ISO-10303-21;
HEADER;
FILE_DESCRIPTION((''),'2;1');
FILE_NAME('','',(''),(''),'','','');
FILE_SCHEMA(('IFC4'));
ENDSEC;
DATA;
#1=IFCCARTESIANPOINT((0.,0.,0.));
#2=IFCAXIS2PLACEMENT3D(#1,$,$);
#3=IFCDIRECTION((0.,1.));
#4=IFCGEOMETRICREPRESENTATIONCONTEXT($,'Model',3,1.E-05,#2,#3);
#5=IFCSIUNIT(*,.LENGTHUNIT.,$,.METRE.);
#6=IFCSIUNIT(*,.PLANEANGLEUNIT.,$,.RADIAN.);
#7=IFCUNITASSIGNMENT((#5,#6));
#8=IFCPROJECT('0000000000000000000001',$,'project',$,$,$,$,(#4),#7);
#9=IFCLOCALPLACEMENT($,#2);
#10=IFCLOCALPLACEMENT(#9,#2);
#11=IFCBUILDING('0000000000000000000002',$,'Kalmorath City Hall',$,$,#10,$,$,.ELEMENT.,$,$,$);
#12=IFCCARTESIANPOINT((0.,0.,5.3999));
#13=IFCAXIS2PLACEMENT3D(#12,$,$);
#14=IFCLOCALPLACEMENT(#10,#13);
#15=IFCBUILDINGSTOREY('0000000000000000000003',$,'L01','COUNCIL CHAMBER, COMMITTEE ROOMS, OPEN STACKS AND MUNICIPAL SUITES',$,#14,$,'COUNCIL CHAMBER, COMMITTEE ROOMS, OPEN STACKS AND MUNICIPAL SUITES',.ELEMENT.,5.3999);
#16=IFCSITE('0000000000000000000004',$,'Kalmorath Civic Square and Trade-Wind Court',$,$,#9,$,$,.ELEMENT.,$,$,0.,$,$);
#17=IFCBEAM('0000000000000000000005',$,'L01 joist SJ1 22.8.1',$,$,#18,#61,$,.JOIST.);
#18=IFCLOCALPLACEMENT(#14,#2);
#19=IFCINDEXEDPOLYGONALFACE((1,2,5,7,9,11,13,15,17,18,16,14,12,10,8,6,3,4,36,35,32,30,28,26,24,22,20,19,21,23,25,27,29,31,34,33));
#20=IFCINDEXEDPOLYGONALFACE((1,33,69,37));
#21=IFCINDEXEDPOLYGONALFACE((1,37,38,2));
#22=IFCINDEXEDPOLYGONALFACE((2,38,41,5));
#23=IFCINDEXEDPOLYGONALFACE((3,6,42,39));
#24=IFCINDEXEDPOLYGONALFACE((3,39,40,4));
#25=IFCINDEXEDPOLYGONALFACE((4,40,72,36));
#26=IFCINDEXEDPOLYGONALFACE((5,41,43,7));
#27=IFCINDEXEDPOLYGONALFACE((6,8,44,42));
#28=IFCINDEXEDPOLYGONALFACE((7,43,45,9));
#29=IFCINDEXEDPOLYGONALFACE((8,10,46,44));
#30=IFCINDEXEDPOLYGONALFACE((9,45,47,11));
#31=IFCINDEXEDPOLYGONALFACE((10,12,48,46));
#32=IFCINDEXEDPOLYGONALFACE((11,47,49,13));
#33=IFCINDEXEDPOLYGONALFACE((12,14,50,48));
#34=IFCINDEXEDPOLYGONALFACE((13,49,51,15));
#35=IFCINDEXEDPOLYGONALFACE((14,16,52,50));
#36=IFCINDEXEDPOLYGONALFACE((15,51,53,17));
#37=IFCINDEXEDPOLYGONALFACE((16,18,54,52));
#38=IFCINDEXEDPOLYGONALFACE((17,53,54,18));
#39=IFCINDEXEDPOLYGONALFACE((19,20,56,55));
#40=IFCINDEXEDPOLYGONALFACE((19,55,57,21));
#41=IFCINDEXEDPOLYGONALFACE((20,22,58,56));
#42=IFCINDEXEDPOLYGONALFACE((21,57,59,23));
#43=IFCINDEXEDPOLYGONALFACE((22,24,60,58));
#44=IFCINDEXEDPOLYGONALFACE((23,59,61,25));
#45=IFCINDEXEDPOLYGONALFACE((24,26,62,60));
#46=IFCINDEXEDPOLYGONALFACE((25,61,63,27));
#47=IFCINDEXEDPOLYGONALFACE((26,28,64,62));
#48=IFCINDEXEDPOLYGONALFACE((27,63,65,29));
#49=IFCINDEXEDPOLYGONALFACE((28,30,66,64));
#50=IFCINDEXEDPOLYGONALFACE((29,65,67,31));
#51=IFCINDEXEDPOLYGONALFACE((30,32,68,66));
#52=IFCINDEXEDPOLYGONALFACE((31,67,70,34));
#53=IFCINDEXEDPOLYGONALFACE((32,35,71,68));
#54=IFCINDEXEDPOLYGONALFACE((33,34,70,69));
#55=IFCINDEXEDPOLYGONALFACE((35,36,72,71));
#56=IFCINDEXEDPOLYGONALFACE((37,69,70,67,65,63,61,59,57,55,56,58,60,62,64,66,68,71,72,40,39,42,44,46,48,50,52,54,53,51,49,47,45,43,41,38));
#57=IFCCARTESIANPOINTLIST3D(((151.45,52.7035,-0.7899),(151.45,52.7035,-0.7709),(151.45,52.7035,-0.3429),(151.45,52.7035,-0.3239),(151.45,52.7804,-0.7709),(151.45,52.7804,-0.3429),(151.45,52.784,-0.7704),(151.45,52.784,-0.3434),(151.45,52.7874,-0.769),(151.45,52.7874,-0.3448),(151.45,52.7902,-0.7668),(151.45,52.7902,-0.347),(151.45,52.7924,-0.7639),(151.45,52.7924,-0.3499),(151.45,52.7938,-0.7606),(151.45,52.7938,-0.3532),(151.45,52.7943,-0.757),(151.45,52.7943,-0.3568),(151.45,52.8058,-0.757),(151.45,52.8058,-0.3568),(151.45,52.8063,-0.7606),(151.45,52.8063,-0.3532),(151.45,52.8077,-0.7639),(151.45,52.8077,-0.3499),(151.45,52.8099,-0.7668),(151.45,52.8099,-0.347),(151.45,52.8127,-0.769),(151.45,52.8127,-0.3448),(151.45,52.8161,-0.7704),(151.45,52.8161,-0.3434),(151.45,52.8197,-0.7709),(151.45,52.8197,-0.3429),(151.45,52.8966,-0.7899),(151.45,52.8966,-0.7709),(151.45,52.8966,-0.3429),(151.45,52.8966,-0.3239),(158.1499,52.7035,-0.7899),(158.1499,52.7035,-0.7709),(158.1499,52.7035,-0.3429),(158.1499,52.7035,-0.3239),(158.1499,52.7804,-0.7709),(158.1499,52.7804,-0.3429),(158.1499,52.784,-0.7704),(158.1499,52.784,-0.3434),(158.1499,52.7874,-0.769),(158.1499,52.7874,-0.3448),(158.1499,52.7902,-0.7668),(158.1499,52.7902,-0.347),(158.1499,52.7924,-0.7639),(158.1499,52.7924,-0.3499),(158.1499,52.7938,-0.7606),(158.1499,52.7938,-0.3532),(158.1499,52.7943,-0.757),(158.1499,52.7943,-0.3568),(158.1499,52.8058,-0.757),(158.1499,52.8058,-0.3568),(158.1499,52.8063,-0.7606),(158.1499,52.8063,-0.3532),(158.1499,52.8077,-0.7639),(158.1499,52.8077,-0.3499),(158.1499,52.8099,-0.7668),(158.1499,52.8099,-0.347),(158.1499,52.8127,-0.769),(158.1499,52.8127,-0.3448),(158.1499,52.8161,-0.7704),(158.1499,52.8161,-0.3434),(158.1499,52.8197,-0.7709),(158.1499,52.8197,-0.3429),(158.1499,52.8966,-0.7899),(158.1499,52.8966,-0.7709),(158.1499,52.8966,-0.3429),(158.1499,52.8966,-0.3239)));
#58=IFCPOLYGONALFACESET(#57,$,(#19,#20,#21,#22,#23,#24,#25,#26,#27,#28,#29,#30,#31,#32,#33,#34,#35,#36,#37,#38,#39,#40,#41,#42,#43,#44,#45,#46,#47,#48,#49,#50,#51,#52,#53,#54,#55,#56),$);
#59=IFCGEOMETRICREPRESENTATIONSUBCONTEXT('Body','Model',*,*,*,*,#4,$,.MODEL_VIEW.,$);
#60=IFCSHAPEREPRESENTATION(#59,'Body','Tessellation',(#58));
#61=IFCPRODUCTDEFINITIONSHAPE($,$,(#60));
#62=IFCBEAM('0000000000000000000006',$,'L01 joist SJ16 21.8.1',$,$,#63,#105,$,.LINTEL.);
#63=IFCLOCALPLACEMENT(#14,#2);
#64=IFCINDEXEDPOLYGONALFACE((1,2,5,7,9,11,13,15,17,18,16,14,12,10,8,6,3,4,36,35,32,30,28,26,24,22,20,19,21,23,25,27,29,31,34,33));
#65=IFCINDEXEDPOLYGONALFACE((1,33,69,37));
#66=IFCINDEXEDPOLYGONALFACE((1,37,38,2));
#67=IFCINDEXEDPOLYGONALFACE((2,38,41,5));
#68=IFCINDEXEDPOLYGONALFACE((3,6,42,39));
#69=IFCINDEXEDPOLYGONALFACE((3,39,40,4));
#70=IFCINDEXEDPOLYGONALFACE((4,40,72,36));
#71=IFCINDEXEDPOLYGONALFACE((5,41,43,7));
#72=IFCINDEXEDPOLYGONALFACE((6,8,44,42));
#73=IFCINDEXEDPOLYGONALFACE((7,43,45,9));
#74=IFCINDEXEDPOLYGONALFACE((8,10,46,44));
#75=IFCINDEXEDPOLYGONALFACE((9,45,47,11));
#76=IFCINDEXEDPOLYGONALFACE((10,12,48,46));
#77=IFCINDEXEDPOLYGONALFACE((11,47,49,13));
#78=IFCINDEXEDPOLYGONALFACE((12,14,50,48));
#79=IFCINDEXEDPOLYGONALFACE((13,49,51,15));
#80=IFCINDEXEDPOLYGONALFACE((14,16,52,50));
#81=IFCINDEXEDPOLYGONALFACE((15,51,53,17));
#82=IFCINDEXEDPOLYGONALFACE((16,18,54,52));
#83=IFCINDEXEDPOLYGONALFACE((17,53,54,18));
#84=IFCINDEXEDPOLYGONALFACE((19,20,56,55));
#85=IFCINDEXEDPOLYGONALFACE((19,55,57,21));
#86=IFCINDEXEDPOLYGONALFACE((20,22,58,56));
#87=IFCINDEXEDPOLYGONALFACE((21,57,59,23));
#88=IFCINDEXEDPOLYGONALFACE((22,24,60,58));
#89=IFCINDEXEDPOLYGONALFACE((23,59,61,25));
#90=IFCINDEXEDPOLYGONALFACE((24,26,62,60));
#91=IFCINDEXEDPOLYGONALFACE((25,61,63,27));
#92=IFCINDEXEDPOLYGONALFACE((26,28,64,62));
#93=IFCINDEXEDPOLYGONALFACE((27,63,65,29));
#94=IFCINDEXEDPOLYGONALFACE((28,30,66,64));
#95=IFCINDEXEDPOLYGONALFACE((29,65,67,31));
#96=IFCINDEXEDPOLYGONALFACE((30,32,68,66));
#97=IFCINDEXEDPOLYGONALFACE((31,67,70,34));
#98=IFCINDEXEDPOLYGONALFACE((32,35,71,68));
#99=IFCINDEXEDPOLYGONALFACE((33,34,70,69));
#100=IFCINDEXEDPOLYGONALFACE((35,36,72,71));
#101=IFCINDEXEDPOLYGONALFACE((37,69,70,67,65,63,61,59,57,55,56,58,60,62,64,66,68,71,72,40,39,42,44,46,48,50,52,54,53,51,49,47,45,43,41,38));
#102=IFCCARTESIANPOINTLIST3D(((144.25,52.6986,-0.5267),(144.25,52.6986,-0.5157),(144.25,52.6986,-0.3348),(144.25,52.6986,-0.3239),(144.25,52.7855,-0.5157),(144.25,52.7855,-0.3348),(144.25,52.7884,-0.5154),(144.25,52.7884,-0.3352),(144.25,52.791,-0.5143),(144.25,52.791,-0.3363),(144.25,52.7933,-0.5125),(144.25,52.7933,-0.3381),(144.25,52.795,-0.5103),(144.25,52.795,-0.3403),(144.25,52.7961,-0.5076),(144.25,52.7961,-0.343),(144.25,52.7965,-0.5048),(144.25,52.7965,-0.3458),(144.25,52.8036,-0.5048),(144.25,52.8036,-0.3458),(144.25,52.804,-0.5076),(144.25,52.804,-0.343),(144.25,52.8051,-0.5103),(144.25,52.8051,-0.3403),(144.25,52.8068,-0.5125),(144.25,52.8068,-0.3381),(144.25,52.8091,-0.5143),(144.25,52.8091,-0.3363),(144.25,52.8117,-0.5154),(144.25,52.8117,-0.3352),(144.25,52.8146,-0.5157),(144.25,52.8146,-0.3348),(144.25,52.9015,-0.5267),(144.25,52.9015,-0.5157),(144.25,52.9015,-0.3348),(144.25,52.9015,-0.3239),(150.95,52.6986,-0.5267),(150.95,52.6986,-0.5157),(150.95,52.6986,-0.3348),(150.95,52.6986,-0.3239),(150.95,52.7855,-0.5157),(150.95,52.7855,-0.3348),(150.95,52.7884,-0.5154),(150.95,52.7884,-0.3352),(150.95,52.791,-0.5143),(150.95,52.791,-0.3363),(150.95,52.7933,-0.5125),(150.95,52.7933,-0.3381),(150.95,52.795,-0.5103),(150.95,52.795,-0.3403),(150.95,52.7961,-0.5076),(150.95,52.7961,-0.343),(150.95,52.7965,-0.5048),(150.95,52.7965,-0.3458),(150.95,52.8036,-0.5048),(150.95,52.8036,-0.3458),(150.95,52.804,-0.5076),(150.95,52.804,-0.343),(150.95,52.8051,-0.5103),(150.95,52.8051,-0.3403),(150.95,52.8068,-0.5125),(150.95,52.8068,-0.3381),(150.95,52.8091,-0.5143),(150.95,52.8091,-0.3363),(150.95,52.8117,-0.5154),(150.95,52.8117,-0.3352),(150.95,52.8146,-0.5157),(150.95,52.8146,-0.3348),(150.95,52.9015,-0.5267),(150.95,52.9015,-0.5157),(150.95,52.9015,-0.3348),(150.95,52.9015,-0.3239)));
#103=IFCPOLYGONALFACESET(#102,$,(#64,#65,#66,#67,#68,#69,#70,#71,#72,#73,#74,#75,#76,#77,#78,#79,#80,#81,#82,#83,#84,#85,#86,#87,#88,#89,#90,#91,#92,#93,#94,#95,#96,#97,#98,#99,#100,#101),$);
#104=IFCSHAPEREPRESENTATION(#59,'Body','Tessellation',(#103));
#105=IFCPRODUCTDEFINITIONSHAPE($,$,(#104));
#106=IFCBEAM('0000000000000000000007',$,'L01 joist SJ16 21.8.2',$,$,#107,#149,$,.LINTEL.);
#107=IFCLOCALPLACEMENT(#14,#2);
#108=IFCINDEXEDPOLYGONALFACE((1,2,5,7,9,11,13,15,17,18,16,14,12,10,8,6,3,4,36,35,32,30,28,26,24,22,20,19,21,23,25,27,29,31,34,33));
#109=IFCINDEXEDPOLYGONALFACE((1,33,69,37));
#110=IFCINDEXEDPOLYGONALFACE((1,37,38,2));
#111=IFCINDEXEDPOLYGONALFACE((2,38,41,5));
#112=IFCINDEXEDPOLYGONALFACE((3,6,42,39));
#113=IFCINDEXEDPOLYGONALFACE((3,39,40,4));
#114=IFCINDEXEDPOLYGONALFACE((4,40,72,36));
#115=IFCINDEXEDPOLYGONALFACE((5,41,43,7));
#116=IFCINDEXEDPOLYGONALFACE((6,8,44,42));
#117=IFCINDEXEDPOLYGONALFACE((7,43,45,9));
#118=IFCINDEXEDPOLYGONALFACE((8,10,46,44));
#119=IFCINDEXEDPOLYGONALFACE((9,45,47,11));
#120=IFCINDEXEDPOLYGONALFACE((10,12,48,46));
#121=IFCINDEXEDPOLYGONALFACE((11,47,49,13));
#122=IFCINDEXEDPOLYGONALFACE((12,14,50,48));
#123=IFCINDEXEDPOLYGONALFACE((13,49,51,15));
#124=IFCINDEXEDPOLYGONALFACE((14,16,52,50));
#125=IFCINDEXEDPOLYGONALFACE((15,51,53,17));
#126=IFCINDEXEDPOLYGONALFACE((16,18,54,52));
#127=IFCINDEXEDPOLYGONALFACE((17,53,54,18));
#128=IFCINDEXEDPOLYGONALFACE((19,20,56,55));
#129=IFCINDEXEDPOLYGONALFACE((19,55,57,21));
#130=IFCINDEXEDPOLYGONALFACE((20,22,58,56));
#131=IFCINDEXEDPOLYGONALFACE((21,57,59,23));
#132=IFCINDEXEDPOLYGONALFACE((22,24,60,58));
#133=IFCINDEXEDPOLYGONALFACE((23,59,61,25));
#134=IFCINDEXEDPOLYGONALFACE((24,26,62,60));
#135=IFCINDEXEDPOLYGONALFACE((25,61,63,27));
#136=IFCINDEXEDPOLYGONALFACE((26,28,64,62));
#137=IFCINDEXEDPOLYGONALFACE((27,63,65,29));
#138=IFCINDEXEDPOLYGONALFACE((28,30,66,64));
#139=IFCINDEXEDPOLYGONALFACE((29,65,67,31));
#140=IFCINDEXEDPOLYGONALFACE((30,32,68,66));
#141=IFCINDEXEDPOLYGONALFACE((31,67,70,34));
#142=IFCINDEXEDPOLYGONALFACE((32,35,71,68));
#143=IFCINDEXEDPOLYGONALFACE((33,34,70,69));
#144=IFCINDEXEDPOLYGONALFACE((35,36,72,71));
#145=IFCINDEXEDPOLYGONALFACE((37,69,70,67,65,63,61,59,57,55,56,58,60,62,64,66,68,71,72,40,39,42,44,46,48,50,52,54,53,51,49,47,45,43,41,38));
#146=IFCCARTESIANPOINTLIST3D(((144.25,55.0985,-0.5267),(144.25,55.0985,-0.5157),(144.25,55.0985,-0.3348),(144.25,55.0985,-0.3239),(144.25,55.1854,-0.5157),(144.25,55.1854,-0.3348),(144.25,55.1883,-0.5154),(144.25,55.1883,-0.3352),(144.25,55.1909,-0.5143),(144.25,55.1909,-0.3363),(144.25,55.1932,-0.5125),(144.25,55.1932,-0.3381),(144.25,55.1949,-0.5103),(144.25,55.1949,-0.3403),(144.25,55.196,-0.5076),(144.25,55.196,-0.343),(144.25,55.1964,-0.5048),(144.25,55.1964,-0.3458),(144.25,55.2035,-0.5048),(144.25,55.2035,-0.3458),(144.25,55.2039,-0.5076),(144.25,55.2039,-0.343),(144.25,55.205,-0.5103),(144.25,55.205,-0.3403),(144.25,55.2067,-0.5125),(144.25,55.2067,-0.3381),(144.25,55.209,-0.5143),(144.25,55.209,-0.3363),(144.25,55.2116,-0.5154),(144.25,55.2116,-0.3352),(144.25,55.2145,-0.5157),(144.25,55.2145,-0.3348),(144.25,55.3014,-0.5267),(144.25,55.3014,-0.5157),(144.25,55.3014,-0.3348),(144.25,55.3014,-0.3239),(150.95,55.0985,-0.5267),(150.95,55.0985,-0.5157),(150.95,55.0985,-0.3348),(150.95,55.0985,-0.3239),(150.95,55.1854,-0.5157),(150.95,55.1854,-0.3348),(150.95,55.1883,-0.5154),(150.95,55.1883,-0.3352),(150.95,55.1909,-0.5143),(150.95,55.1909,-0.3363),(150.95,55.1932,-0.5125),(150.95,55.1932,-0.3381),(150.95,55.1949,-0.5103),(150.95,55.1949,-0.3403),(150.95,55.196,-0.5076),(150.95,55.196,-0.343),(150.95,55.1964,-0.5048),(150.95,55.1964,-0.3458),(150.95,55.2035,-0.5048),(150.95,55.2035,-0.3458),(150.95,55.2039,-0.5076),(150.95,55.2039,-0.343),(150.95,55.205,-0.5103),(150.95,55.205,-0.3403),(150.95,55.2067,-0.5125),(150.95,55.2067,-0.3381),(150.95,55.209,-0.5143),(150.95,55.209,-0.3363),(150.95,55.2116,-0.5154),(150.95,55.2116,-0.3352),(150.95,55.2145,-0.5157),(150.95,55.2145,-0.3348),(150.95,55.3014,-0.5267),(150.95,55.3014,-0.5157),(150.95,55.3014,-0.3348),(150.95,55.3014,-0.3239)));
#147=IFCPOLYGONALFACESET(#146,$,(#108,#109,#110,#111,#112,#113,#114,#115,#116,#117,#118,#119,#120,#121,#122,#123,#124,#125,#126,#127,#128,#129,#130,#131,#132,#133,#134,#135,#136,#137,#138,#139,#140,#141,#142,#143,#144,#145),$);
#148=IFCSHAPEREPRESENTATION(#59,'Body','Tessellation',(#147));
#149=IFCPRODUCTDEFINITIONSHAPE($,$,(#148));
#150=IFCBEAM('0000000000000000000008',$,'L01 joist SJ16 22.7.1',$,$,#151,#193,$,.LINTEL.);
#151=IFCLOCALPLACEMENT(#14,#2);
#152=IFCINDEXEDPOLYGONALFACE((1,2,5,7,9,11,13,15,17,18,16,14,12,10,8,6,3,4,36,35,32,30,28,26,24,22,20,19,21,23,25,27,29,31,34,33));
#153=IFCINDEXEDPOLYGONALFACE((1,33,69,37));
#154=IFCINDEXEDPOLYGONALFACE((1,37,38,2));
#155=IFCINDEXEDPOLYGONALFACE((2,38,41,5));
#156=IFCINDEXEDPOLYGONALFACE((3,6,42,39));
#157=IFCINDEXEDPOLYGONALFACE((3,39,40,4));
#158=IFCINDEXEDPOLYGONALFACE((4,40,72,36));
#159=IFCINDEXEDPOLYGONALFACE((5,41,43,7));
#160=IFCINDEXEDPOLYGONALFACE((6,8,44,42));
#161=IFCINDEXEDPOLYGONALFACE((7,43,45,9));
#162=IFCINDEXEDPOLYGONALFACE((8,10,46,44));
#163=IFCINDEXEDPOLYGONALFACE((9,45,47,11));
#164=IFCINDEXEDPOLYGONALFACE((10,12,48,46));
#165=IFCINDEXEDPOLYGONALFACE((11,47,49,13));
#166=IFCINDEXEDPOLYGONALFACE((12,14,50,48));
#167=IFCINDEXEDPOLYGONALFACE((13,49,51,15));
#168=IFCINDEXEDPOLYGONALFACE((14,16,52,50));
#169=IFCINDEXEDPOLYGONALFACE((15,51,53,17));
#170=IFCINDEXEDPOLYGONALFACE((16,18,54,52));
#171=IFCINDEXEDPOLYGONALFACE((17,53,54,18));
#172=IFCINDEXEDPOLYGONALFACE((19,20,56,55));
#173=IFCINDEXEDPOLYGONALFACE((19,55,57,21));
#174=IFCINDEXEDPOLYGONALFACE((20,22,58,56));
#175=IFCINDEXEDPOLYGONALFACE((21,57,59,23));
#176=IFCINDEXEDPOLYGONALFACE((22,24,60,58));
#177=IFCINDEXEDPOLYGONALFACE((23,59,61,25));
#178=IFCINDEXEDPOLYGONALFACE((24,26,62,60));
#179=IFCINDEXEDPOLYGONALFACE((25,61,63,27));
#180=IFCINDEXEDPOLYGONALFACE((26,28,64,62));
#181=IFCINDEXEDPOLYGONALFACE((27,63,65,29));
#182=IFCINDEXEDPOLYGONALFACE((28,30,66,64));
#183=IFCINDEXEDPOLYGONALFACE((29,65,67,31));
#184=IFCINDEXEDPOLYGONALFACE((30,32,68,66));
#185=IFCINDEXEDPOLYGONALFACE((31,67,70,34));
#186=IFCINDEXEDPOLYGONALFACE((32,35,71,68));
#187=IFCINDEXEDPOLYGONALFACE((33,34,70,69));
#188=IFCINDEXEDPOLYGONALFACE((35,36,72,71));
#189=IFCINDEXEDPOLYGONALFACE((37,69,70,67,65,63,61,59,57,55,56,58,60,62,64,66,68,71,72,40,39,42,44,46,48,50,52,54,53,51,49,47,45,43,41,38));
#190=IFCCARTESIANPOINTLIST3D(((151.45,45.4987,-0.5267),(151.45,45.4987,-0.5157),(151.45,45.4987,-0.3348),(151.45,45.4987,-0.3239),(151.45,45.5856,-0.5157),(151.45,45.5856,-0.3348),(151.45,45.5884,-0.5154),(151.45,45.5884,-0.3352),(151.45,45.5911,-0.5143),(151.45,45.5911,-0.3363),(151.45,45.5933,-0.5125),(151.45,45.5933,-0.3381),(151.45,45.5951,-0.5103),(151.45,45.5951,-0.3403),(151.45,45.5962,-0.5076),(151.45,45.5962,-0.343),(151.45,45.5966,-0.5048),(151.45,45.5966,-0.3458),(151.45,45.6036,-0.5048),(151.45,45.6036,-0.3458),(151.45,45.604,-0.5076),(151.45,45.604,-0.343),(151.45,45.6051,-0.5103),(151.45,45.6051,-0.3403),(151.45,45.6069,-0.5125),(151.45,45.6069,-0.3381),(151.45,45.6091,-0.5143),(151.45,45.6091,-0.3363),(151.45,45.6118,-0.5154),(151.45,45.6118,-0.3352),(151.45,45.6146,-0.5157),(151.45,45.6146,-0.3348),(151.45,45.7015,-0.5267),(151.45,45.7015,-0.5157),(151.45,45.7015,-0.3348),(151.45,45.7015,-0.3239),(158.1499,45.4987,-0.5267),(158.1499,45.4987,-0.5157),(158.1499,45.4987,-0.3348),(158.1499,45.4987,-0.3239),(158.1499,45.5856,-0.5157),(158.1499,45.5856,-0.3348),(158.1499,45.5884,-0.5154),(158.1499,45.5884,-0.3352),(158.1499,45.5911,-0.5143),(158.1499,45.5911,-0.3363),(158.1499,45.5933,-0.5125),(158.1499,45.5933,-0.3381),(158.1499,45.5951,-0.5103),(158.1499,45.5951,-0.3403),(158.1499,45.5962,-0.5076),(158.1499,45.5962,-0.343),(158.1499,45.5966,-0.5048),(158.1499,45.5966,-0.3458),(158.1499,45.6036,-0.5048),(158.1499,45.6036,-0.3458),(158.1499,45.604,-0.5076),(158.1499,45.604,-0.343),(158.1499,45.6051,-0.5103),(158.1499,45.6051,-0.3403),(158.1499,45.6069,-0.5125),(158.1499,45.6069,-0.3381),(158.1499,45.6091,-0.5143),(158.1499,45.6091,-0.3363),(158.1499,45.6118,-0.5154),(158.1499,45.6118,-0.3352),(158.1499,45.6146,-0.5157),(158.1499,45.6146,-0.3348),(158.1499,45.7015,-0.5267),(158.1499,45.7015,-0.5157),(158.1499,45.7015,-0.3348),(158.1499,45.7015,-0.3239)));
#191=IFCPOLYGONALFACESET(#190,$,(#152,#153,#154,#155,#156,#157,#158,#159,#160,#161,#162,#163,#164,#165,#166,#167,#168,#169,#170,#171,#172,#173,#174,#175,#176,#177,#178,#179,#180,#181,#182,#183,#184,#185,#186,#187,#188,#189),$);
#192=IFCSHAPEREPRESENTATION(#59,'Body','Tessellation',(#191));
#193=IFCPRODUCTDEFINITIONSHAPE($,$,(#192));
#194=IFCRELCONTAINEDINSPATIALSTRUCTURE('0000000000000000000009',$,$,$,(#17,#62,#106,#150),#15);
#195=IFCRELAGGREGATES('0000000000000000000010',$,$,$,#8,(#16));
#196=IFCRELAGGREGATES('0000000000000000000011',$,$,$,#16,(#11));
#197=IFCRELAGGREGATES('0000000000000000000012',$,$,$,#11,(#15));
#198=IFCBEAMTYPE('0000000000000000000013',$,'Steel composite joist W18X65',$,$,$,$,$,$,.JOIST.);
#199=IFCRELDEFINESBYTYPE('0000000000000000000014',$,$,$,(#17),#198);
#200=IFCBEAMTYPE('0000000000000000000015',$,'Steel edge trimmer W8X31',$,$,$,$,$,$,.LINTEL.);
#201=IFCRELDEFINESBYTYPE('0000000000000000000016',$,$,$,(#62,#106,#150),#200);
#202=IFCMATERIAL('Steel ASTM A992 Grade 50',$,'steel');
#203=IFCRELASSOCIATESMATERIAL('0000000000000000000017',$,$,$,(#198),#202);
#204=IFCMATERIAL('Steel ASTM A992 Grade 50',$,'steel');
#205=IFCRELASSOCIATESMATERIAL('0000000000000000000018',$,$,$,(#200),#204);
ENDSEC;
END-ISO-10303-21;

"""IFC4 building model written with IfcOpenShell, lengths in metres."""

from ifc_helpers import new_model, si_unit, direction, frame, origin, origin_2d, place, context, subcontext, project, spatial, i_section, extrude, material, material_profile, profile_set, type_object, element, save


model = new_model("IFC4")

# Units and contexts
model_context = context("Model", 3, precision=1e-05, world=origin(), true_north=direction((0.0, 1.0)))
body_context = subcontext(model_context, "Body", "Model", "MODEL_VIEW")
ifc_project = project(units=[si_unit("LENGTHUNIT", "METRE"), si_unit("PLANEANGLEUNIT", "RADIAN")], contexts=[model_context])

# Site, building, storey
site_placement = place(None, origin())
site = spatial("IfcSite", under=ifc_project, at=site_placement, Name="Kalmorath Civic Square and Trade-Wind Court", CompositionType="ELEMENT", RefElevation=0.0)
building_placement = place(site_placement, origin())
building = spatial("IfcBuilding", under=site, at=building_placement, Name="Kalmorath City Hall", CompositionType="ELEMENT")
storey_placement = place(building_placement, frame((0.0, 0.0, 5.3999)))
storey = spatial("IfcBuildingStorey", under=building, at=storey_placement, Name="L01", Description="COUNCIL CHAMBER, COMMITTEE ROOMS, OPEN STACKS AND MUNICIPAL SUITES", LongName="COUNCIL CHAMBER, COMMITTEE ROOMS, OPEN STACKS AND MUNICIPAL SUITES", CompositionType="ELEMENT", Elevation=5.3999)

# Beams
ifc_material_1 = material(Name="Steel ASTM A992 Grade 50", Category="steel")
ifc_material_profile_1 = material_profile(ifc_material_1, i_section(OverallWidth=0.1931, OverallDepth=0.4661, WebThickness=0.0115, FlangeThickness=0.019, FilletRadius=0.0139, at=origin_2d()), Name="W18X65")
ifc_profile_set_1 = profile_set([ifc_material_profile_1], Name="Steel ASTM A992 Grade 50")
beam_type_1 = type_object("IfcBeamType", Name="Steel composite joist W18X65", PredefinedType="JOIST", material=ifc_profile_set_1)
beam_1_placement = place(storey_placement, frame((151.45, 52.8, -0.5569), z_axis=(1.0, 0.0, 0.0), x_axis=(0.0, 1.0, 0.0)))
element("IfcBeam", 1, at=beam_1_placement, inside=storey, type_object=beam_type_1, Name="L01 joist SJ1 22.8.1", PredefinedType="JOIST", context=body_context, shape_type="SweptSolid", body=[
    extrude(i_section(OverallWidth=0.1931, OverallDepth=0.4661, WebThickness=0.0115, FlangeThickness=0.019, FilletRadius=0.0139, at=origin_2d()), origin(), (0.0, 0.0, 1.0), 6.7),
])
ifc_material_2 = material(Name="Steel ASTM A992 Grade 50", Category="steel")
ifc_material_profile_2 = material_profile(ifc_material_2, i_section(OverallWidth=0.2029, OverallDepth=0.2029, WebThickness=0.0071, FlangeThickness=0.011, FilletRadius=0.011, at=origin_2d()), Name="W8X31")
ifc_profile_set_2 = profile_set([ifc_material_profile_2], Name="Steel ASTM A992 Grade 50")
beam_type_2 = type_object("IfcBeamType", Name="Steel edge trimmer W8X31", PredefinedType="LINTEL", material=ifc_profile_set_2)
for number, where, z_axis, x_axis, name in (
    (2, (144.25, 52.8, -0.4253), (1.0, 0.0, 0.0), (0.0, 1.0, 0.0), "L01 joist SJ16 21.8.1"),
    (3, (144.25, 55.2, -0.4253), (1.0, 0.0, 0.0), (0.0, 1.0, 0.0), "L01 joist SJ16 21.8.2"),
    (4, (151.45, 45.6001, -0.4253), (1.0, 0.0, 0.0), (0.0, 1.0, 0.0), "L01 joist SJ16 22.7.1"),
):
    element("IfcBeam", number, at=place(storey_placement, frame(where, z_axis=z_axis, x_axis=x_axis)), inside=storey, type_object=beam_type_2, Name=name, PredefinedType="LINTEL", context=body_context, shape_type="SweptSolid", body=[
        extrude(i_section(OverallWidth=0.2029, OverallDepth=0.2029, WebThickness=0.0071, FlangeThickness=0.011, FilletRadius=0.011, at=origin_2d()), origin(), (0.0, 0.0, 1.0), 6.7),
    ])

save(model, "model.ifc")
